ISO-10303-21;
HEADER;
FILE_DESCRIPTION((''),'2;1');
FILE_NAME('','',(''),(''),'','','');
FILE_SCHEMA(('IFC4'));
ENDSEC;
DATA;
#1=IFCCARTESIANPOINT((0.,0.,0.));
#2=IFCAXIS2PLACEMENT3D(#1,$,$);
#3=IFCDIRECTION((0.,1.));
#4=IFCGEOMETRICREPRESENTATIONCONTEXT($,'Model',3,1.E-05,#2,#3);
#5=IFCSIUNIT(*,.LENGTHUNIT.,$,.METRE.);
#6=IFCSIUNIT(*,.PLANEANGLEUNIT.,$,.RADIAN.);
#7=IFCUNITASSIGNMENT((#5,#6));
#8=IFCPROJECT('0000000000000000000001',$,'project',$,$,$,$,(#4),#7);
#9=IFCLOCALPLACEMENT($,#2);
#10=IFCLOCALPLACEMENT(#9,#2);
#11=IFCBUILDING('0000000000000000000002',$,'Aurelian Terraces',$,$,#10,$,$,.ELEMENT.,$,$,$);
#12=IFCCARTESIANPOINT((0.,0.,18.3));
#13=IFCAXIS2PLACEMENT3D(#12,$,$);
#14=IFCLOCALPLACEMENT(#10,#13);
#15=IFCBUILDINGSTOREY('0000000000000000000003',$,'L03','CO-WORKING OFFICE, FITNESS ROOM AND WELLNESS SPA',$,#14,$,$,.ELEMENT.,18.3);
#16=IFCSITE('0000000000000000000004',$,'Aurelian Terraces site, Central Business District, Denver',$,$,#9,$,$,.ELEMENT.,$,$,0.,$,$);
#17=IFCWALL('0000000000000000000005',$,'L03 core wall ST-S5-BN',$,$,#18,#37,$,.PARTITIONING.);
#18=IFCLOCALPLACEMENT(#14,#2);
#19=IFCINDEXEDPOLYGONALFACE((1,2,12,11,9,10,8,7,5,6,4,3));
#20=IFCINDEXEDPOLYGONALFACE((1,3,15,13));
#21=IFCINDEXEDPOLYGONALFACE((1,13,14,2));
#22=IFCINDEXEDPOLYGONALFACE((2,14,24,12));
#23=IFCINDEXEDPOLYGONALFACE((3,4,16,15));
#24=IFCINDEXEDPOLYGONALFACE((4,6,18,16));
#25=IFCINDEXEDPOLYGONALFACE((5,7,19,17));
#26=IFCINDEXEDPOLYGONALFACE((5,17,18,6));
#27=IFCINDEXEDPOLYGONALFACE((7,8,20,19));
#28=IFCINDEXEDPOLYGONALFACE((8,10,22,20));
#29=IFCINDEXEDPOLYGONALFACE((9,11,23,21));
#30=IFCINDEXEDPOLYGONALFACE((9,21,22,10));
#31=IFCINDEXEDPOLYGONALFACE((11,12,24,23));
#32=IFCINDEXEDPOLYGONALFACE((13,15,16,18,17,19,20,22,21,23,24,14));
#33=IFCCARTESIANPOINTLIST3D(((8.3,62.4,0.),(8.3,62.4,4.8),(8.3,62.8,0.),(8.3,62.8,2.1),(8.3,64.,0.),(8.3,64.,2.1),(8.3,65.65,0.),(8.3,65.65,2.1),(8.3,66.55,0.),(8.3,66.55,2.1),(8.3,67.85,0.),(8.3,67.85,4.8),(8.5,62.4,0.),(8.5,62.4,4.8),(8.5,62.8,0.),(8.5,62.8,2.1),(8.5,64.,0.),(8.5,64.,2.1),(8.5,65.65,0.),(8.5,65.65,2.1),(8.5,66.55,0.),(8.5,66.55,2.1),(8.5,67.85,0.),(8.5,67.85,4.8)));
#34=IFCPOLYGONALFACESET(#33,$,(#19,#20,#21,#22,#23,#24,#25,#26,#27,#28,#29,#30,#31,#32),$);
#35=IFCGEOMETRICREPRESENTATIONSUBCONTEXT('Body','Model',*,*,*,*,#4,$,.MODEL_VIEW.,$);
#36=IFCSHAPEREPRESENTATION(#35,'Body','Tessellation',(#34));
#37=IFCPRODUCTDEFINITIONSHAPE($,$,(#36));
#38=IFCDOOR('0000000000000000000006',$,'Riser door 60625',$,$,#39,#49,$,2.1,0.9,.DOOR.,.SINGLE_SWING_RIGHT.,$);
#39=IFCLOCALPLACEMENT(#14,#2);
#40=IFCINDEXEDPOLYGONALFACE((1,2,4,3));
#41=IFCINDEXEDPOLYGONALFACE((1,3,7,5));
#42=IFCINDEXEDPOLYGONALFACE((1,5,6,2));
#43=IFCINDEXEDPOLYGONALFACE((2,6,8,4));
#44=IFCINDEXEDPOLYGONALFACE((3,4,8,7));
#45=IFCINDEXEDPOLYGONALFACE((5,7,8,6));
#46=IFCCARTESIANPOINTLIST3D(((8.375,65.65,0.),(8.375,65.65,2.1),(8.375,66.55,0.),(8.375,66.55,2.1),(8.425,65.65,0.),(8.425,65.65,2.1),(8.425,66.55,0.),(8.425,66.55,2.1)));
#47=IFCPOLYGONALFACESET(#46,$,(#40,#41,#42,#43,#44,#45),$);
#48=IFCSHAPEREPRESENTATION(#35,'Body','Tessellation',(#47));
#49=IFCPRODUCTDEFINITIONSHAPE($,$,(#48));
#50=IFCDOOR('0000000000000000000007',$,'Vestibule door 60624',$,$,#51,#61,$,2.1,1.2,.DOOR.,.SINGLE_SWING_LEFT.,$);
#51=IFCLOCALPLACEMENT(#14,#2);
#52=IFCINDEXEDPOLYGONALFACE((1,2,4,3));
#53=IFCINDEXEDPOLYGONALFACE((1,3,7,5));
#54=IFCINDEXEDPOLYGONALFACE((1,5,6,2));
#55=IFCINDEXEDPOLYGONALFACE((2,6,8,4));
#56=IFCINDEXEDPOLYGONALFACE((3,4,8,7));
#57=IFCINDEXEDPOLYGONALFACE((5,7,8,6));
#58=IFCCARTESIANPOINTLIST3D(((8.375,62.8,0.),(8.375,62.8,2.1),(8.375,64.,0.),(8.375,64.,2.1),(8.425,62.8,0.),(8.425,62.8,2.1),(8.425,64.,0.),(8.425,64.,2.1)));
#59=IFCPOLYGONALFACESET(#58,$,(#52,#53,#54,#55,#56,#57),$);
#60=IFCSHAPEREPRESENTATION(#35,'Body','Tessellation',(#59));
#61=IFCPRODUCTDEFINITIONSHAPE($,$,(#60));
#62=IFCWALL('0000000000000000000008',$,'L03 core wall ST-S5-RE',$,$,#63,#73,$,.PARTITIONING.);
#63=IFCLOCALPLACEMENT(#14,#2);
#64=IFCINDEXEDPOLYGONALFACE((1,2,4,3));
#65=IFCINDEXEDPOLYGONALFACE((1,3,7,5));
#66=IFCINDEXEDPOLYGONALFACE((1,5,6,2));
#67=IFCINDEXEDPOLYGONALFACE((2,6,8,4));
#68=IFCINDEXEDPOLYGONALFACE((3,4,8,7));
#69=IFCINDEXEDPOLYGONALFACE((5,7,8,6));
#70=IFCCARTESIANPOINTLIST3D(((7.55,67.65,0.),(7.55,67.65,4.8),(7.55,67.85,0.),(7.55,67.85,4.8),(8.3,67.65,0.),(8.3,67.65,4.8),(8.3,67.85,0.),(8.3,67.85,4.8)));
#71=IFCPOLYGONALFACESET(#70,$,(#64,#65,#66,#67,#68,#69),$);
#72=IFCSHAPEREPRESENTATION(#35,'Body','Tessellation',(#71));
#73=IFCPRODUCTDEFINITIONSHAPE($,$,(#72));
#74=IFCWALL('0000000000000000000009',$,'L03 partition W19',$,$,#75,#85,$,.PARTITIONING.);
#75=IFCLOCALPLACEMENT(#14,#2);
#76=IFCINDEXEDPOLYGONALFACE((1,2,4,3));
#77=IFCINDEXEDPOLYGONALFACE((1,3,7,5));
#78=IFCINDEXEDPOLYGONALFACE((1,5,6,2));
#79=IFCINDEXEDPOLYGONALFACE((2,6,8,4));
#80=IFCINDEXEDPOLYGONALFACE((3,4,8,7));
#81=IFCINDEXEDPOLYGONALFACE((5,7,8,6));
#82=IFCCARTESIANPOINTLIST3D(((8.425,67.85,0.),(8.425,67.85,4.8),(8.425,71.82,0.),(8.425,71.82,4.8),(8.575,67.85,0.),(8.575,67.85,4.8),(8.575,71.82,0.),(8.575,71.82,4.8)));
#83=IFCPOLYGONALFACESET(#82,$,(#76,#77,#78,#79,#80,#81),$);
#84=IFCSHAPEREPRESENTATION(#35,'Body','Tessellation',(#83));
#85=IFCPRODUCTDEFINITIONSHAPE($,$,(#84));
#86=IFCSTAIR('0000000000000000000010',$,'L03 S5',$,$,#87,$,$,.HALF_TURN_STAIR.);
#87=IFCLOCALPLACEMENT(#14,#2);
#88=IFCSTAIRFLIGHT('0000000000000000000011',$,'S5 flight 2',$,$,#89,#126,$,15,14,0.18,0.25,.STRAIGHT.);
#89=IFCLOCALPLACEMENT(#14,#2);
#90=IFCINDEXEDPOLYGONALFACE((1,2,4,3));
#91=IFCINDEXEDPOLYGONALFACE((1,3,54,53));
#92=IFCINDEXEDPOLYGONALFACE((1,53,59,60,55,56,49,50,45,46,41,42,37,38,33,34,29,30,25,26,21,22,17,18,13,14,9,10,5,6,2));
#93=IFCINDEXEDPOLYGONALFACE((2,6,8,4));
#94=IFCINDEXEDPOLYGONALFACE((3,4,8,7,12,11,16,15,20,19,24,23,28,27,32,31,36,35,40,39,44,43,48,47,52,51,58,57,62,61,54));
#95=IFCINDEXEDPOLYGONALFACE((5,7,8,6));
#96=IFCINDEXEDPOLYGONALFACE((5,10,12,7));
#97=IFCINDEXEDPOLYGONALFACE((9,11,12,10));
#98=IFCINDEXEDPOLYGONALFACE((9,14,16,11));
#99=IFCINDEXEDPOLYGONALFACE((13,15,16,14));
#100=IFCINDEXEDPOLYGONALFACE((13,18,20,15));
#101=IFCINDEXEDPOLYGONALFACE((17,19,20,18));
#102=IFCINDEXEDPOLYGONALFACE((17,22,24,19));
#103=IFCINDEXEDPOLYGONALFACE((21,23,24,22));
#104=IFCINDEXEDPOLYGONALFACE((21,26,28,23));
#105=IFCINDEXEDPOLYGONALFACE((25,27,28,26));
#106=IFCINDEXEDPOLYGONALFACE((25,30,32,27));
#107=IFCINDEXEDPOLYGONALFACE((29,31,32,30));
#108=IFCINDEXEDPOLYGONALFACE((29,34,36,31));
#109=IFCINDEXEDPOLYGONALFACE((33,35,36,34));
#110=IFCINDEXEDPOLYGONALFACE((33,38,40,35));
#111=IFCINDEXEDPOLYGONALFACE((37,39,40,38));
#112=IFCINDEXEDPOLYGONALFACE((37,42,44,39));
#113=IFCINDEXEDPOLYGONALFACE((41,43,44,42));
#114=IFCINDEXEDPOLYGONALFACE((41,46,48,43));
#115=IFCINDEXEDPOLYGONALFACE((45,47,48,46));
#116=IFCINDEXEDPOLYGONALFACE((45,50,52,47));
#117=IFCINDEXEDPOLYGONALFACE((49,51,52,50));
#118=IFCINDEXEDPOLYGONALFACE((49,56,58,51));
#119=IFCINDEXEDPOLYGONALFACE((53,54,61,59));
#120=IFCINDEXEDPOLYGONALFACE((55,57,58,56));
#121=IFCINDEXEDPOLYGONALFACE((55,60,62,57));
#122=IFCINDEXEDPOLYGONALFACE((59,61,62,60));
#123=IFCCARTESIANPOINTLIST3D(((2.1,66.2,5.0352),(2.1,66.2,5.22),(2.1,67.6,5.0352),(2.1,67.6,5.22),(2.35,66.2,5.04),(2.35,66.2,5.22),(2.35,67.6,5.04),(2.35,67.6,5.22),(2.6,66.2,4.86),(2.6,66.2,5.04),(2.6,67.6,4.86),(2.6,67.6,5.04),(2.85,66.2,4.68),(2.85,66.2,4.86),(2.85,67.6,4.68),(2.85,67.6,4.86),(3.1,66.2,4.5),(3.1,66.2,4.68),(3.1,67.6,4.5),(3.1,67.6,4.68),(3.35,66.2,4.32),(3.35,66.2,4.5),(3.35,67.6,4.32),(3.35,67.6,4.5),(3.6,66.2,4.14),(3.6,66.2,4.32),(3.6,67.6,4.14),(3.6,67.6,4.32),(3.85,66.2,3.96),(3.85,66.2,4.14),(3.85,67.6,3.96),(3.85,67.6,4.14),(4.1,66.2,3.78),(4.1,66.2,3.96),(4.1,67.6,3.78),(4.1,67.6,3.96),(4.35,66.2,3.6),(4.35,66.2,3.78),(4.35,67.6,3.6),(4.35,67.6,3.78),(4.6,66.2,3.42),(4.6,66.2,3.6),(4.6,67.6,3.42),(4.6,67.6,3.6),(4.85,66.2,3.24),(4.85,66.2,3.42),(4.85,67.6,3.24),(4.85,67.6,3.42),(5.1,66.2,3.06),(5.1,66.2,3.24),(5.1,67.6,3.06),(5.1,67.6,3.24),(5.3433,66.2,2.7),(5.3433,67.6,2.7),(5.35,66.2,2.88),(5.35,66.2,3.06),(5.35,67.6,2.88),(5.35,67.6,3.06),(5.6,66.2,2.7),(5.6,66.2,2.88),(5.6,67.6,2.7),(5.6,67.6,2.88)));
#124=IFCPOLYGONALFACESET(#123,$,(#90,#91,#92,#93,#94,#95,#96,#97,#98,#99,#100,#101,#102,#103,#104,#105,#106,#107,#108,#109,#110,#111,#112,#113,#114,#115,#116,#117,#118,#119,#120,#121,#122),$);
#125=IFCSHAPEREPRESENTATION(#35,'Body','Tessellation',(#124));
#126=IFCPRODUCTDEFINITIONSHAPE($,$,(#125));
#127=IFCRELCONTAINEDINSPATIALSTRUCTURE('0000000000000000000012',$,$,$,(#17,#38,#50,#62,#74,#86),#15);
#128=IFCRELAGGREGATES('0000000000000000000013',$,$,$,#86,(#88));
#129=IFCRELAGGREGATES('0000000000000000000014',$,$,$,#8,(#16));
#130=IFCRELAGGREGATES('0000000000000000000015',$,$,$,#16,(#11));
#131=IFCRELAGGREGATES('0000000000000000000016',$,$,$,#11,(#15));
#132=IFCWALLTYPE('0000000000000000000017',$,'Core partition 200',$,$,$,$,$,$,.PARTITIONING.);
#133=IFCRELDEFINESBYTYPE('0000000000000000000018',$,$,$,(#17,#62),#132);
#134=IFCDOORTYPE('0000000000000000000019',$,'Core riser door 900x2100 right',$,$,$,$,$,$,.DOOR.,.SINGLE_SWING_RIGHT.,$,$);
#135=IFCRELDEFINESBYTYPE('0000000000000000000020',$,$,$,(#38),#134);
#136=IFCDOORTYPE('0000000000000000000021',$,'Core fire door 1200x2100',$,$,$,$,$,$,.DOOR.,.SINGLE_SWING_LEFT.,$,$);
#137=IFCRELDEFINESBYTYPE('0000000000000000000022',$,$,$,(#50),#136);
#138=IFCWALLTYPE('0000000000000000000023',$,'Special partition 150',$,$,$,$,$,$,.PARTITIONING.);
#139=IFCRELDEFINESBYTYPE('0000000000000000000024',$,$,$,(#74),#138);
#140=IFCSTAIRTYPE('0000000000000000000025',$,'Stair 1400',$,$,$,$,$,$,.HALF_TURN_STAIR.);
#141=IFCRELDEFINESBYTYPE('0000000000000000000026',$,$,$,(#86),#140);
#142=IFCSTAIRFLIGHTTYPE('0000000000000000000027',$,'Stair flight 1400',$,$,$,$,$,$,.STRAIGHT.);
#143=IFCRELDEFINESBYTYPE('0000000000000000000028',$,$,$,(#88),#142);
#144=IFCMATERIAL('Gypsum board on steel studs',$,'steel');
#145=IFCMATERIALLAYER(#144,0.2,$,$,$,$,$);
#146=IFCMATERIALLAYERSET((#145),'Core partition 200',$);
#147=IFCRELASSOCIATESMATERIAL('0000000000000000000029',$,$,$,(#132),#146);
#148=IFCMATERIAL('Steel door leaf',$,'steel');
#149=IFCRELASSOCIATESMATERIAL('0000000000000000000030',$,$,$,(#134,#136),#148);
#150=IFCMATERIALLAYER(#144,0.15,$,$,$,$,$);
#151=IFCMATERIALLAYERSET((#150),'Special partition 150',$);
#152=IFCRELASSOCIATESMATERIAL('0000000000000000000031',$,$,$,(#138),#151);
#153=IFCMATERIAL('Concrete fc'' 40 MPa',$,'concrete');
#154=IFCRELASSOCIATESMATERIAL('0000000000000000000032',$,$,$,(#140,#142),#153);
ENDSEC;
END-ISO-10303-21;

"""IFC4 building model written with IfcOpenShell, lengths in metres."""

from ifc_helpers import new_model, si_unit, direction, frame, frame_2d, origin, place, context, subcontext, project, spatial, polyline, rectangle, outline, extrude, source, transform, mapped, material, layer, layer_set, type_object, element, fill, aggregate, save


model = new_model("IFC4")

# Units and contexts
model_context = context("Model", 3, precision=1e-05, world=origin(), true_north=direction((0.0, 1.0)))
body_context = subcontext(model_context, "Body", "Model", "MODEL_VIEW")
ifc_project = project(units=[si_unit("LENGTHUNIT", "METRE"), si_unit("PLANEANGLEUNIT", "RADIAN")], contexts=[model_context])

# Site, building, storey
site_placement = place(None, origin())
site = spatial("IfcSite", under=ifc_project, at=site_placement, Name="Aurelian Terraces site, Central Business District, Denver", CompositionType="ELEMENT", RefElevation=0.0)
building_placement = place(site_placement, origin())
building = spatial("IfcBuilding", under=site, at=building_placement, Name="Aurelian Terraces", CompositionType="ELEMENT")
storey_placement = place(building_placement, frame((0.0, 0.0, 18.3)))
storey = spatial("IfcBuildingStorey", under=building, at=storey_placement, Name="L03", Description="CO-WORKING OFFICE, FITNESS ROOM AND WELLNESS SPA", CompositionType="ELEMENT", Elevation=18.3)

# Shared definitions
ifc_material_1 = material(Name="Concrete fc' 40 MPa", Category="concrete")

# Wall, openings, doors
ifc_material_2 = material(Name="Gypsum board on steel studs", Category="steel")
ifc_layer_1 = layer(ifc_material_2, 0.2)
ifc_layer_set_1 = layer_set([ifc_layer_1], Name="Core partition 200")
wall_type_1 = type_object("IfcWallType", Name="Core partition 200", PredefinedType="PARTITIONING", material=ifc_layer_set_1)
shared_shape_1 = source(origin(), body_context, "Body", "SweptSolid", [
    extrude(rectangle(XDim=5.45, YDim=0.2, at=frame_2d((2.725, 0.0))), origin(), (0.0, 0.0, 1.0), 4.8),
])
wall_1_placement = place(storey_placement, frame((8.4, 62.4, 0.0), z_axis=(0.0, 0.0, 1.0), x_axis=(0.0, 1.0, 0.0)))
wall_1 = element("IfcWall", 1, at=wall_1_placement, inside=storey, type_object=wall_type_1, Name="L03 core wall ST-S5-BN", PredefinedType="PARTITIONING", context=body_context, shape_type="MappedRepresentation", body=[
    mapped(shared_shape_1, transform((0.0, 0.0, 0.0), scale=1.0)),
])
shared_shape_2 = source(origin(), body_context, "Body", "SweptSolid", [
    extrude(rectangle(XDim=1.2, YDim=2.1, at=frame_2d((0.6, 1.05))), frame((0.0, 0.11, 0.0), z_axis=(0.0, -1.0, 0.0), x_axis=(1.0, 0.0, 0.0)), (0.0, 0.0, 1.0), 0.22),
])
opening_1_placement = place(wall_1_placement, frame((0.4, 0.0, 0.0)))
opening_1 = element("IfcOpeningElement", 2, at=opening_1_placement, cuts=wall_1, PredefinedType="OPENING", context=body_context, shape_type="MappedRepresentation", body=[
    mapped(shared_shape_2, transform((0.0, 0.0, 0.0), scale=1.0)),
])
shared_shape_3 = source(origin(), body_context, "Body", "SweptSolid", [
    extrude(rectangle(XDim=0.9, YDim=2.1, at=frame_2d((0.45, 1.05))), frame((0.0, 0.11, 0.0), z_axis=(0.0, -1.0, 0.0), x_axis=(1.0, 0.0, 0.0)), (0.0, 0.0, 1.0), 0.22),
])
opening_2_placement = place(wall_1_placement, frame((3.25, 0.0, 0.0)))
opening_2 = element("IfcOpeningElement", 3, at=opening_2_placement, cuts=wall_1, PredefinedType="OPENING", context=body_context, shape_type="MappedRepresentation", body=[
    mapped(shared_shape_3, transform((0.0, 0.0, 0.0), scale=1.0)),
])
ifc_material_3 = material(Name="Steel door leaf", Category="steel")
door_type_1 = type_object("IfcDoorType", Name="Core riser door 900x2100 right", OperationType="SINGLE_SWING_RIGHT", PredefinedType="DOOR", material=ifc_material_3)
shared_shape_4 = source(origin(), body_context, "Body", "SweptSolid", [
    extrude(rectangle(XDim=0.9, YDim=2.1, at=frame_2d((0.45, 1.05))), frame((0.0, 0.025, 0.0), z_axis=(0.0, -1.0, 0.0), x_axis=(1.0, 0.0, 0.0)), (0.0, 0.0, 1.0), 0.05),
])
door_1_placement = place(opening_2_placement, origin())
door_1 = element("IfcDoor", 4, at=door_1_placement, inside=storey, type_object=door_type_1, Name="Riser door 60625", OperationType="SINGLE_SWING_RIGHT", OverallHeight=2.1, OverallWidth=0.9, PredefinedType="DOOR", context=body_context, shape_type="MappedRepresentation", body=[
    mapped(shared_shape_4, transform((0.0, 0.0, 0.0), scale=1.0)),
])
fill(opening_2, door_1)
door_type_2 = type_object("IfcDoorType", Name="Core fire door 1200x2100", OperationType="SINGLE_SWING_LEFT", PredefinedType="DOOR", material=ifc_material_3)
shared_shape_5 = source(origin(), body_context, "Body", "SweptSolid", [
    extrude(rectangle(XDim=1.2, YDim=2.1, at=frame_2d((0.6, 1.05))), frame((0.0, 0.025, 0.0), z_axis=(0.0, -1.0, 0.0), x_axis=(1.0, 0.0, 0.0)), (0.0, 0.0, 1.0), 0.05),
])
door_2_placement = place(opening_1_placement, origin())
door_2 = element("IfcDoor", 5, at=door_2_placement, inside=storey, type_object=door_type_2, Name="Vestibule door 60624", OperationType="SINGLE_SWING_LEFT", OverallHeight=2.1, OverallWidth=1.2, PredefinedType="DOOR", context=body_context, shape_type="MappedRepresentation", body=[
    mapped(shared_shape_5, transform((0.0, 0.0, 0.0), scale=1.0)),
])
fill(opening_1, door_2)

# Walls
shared_shape_6 = source(origin(), body_context, "Body", "SweptSolid", [
    extrude(rectangle(XDim=0.75, YDim=0.2, at=frame_2d((0.375, 0.0))), origin(), (0.0, 0.0, 1.0), 4.8),
])
wall_2_placement = place(storey_placement, frame((7.55, 67.75, 0.0), z_axis=(0.0, 0.0, 1.0), x_axis=(1.0, 0.0, 0.0)))
element("IfcWall", 6, at=wall_2_placement, inside=storey, type_object=wall_type_1, Name="L03 core wall ST-S5-RE", PredefinedType="PARTITIONING", context=body_context, shape_type="MappedRepresentation", body=[
    mapped(shared_shape_6, transform((0.0, 0.0, 0.0), scale=1.0)),
])
ifc_layer_2 = layer(ifc_material_2, 0.15)
ifc_layer_set_2 = layer_set([ifc_layer_2], Name="Special partition 150")
wall_type_2 = type_object("IfcWallType", Name="Special partition 150", PredefinedType="PARTITIONING", material=ifc_layer_set_2)
shared_shape_7 = source(origin(), body_context, "Body", "SweptSolid", [
    extrude(rectangle(XDim=3.97, YDim=0.15, at=frame_2d((1.985, 0.0))), origin(), (0.0, 0.0, 1.0), 4.8),
])
wall_3_placement = place(storey_placement, frame((8.5, 67.85, 0.0), z_axis=(0.0, 0.0, 1.0), x_axis=(0.0, 1.0, 0.0)))
element("IfcWall", 7, at=wall_3_placement, inside=storey, type_object=wall_type_2, Name="L03 partition W19", PredefinedType="PARTITIONING", context=body_context, shape_type="MappedRepresentation", body=[
    mapped(shared_shape_7, transform((0.0, 0.0, 0.0), scale=1.0)),
])

# Stair, stair flight
stair_type = type_object("IfcStairType", Name="Stair 1400", PredefinedType="HALF_TURN_STAIR", material=ifc_material_1)
stair_placement = place(storey_placement, origin())
stair = element("IfcStair", 8, at=stair_placement, inside=storey, type_object=stair_type, Name="L03 S5", PredefinedType="HALF_TURN_STAIR")
stair_flight_type = type_object("IfcStairFlightType", Name="Stair flight 1400", PredefinedType="STRAIGHT", material=ifc_material_1)
shared_shape_8 = source(origin(), body_context, "Body", "SweptSolid", [
    extrude(outline(polyline([(0.0, 0.0), (0.0, 0.18), (0.25, 0.18), (0.25, 0.36), (0.5, 0.36), (0.5, 0.54), (0.75, 0.54), (0.75, 0.72), (1.0, 0.72), (1.0, 0.9), (1.25, 0.9), (1.25, 1.08), (1.5, 1.08), (1.5, 1.26), (1.75, 1.26), (1.75, 1.44), (2.0, 1.44), (2.0, 1.62), (2.25, 1.62), (2.25, 1.8), (2.5, 1.8), (2.5, 1.98), (2.75, 1.98), (2.75, 2.16), (3.0, 2.16), (3.0, 2.34), (3.25, 2.34), (3.25, 2.52), (3.5, 2.52), (3.5, 2.7), (3.5, 2.3352), (0.2567, 0.0), (0.0, 0.0)])), frame((0.0, 0.7, 0.0), z_axis=(0.0, -1.0, 0.0), x_axis=(1.0, 0.0, 0.0)), (0.0, 0.0, 1.0), 1.4),
])
stair_flight_placement = place(storey_placement, frame((5.6, 66.9, 2.7), z_axis=(0.0, 0.0, 1.0), x_axis=(-1.0, 0.0, 0.0)))
stair_flight = element("IfcStairFlight", 9, at=stair_flight_placement, type_object=stair_flight_type, Name="S5 flight 2", NumberOfRisers=15, NumberOfTreads=14, PredefinedType="STRAIGHT", RiserHeight=0.18, TreadLength=0.25, context=body_context, shape_type="MappedRepresentation", body=[
    mapped(shared_shape_8, transform((0.0, 0.0, 0.0), scale=1.0)),
])
aggregate(stair, [stair_flight])

save(model, "model.ifc")
